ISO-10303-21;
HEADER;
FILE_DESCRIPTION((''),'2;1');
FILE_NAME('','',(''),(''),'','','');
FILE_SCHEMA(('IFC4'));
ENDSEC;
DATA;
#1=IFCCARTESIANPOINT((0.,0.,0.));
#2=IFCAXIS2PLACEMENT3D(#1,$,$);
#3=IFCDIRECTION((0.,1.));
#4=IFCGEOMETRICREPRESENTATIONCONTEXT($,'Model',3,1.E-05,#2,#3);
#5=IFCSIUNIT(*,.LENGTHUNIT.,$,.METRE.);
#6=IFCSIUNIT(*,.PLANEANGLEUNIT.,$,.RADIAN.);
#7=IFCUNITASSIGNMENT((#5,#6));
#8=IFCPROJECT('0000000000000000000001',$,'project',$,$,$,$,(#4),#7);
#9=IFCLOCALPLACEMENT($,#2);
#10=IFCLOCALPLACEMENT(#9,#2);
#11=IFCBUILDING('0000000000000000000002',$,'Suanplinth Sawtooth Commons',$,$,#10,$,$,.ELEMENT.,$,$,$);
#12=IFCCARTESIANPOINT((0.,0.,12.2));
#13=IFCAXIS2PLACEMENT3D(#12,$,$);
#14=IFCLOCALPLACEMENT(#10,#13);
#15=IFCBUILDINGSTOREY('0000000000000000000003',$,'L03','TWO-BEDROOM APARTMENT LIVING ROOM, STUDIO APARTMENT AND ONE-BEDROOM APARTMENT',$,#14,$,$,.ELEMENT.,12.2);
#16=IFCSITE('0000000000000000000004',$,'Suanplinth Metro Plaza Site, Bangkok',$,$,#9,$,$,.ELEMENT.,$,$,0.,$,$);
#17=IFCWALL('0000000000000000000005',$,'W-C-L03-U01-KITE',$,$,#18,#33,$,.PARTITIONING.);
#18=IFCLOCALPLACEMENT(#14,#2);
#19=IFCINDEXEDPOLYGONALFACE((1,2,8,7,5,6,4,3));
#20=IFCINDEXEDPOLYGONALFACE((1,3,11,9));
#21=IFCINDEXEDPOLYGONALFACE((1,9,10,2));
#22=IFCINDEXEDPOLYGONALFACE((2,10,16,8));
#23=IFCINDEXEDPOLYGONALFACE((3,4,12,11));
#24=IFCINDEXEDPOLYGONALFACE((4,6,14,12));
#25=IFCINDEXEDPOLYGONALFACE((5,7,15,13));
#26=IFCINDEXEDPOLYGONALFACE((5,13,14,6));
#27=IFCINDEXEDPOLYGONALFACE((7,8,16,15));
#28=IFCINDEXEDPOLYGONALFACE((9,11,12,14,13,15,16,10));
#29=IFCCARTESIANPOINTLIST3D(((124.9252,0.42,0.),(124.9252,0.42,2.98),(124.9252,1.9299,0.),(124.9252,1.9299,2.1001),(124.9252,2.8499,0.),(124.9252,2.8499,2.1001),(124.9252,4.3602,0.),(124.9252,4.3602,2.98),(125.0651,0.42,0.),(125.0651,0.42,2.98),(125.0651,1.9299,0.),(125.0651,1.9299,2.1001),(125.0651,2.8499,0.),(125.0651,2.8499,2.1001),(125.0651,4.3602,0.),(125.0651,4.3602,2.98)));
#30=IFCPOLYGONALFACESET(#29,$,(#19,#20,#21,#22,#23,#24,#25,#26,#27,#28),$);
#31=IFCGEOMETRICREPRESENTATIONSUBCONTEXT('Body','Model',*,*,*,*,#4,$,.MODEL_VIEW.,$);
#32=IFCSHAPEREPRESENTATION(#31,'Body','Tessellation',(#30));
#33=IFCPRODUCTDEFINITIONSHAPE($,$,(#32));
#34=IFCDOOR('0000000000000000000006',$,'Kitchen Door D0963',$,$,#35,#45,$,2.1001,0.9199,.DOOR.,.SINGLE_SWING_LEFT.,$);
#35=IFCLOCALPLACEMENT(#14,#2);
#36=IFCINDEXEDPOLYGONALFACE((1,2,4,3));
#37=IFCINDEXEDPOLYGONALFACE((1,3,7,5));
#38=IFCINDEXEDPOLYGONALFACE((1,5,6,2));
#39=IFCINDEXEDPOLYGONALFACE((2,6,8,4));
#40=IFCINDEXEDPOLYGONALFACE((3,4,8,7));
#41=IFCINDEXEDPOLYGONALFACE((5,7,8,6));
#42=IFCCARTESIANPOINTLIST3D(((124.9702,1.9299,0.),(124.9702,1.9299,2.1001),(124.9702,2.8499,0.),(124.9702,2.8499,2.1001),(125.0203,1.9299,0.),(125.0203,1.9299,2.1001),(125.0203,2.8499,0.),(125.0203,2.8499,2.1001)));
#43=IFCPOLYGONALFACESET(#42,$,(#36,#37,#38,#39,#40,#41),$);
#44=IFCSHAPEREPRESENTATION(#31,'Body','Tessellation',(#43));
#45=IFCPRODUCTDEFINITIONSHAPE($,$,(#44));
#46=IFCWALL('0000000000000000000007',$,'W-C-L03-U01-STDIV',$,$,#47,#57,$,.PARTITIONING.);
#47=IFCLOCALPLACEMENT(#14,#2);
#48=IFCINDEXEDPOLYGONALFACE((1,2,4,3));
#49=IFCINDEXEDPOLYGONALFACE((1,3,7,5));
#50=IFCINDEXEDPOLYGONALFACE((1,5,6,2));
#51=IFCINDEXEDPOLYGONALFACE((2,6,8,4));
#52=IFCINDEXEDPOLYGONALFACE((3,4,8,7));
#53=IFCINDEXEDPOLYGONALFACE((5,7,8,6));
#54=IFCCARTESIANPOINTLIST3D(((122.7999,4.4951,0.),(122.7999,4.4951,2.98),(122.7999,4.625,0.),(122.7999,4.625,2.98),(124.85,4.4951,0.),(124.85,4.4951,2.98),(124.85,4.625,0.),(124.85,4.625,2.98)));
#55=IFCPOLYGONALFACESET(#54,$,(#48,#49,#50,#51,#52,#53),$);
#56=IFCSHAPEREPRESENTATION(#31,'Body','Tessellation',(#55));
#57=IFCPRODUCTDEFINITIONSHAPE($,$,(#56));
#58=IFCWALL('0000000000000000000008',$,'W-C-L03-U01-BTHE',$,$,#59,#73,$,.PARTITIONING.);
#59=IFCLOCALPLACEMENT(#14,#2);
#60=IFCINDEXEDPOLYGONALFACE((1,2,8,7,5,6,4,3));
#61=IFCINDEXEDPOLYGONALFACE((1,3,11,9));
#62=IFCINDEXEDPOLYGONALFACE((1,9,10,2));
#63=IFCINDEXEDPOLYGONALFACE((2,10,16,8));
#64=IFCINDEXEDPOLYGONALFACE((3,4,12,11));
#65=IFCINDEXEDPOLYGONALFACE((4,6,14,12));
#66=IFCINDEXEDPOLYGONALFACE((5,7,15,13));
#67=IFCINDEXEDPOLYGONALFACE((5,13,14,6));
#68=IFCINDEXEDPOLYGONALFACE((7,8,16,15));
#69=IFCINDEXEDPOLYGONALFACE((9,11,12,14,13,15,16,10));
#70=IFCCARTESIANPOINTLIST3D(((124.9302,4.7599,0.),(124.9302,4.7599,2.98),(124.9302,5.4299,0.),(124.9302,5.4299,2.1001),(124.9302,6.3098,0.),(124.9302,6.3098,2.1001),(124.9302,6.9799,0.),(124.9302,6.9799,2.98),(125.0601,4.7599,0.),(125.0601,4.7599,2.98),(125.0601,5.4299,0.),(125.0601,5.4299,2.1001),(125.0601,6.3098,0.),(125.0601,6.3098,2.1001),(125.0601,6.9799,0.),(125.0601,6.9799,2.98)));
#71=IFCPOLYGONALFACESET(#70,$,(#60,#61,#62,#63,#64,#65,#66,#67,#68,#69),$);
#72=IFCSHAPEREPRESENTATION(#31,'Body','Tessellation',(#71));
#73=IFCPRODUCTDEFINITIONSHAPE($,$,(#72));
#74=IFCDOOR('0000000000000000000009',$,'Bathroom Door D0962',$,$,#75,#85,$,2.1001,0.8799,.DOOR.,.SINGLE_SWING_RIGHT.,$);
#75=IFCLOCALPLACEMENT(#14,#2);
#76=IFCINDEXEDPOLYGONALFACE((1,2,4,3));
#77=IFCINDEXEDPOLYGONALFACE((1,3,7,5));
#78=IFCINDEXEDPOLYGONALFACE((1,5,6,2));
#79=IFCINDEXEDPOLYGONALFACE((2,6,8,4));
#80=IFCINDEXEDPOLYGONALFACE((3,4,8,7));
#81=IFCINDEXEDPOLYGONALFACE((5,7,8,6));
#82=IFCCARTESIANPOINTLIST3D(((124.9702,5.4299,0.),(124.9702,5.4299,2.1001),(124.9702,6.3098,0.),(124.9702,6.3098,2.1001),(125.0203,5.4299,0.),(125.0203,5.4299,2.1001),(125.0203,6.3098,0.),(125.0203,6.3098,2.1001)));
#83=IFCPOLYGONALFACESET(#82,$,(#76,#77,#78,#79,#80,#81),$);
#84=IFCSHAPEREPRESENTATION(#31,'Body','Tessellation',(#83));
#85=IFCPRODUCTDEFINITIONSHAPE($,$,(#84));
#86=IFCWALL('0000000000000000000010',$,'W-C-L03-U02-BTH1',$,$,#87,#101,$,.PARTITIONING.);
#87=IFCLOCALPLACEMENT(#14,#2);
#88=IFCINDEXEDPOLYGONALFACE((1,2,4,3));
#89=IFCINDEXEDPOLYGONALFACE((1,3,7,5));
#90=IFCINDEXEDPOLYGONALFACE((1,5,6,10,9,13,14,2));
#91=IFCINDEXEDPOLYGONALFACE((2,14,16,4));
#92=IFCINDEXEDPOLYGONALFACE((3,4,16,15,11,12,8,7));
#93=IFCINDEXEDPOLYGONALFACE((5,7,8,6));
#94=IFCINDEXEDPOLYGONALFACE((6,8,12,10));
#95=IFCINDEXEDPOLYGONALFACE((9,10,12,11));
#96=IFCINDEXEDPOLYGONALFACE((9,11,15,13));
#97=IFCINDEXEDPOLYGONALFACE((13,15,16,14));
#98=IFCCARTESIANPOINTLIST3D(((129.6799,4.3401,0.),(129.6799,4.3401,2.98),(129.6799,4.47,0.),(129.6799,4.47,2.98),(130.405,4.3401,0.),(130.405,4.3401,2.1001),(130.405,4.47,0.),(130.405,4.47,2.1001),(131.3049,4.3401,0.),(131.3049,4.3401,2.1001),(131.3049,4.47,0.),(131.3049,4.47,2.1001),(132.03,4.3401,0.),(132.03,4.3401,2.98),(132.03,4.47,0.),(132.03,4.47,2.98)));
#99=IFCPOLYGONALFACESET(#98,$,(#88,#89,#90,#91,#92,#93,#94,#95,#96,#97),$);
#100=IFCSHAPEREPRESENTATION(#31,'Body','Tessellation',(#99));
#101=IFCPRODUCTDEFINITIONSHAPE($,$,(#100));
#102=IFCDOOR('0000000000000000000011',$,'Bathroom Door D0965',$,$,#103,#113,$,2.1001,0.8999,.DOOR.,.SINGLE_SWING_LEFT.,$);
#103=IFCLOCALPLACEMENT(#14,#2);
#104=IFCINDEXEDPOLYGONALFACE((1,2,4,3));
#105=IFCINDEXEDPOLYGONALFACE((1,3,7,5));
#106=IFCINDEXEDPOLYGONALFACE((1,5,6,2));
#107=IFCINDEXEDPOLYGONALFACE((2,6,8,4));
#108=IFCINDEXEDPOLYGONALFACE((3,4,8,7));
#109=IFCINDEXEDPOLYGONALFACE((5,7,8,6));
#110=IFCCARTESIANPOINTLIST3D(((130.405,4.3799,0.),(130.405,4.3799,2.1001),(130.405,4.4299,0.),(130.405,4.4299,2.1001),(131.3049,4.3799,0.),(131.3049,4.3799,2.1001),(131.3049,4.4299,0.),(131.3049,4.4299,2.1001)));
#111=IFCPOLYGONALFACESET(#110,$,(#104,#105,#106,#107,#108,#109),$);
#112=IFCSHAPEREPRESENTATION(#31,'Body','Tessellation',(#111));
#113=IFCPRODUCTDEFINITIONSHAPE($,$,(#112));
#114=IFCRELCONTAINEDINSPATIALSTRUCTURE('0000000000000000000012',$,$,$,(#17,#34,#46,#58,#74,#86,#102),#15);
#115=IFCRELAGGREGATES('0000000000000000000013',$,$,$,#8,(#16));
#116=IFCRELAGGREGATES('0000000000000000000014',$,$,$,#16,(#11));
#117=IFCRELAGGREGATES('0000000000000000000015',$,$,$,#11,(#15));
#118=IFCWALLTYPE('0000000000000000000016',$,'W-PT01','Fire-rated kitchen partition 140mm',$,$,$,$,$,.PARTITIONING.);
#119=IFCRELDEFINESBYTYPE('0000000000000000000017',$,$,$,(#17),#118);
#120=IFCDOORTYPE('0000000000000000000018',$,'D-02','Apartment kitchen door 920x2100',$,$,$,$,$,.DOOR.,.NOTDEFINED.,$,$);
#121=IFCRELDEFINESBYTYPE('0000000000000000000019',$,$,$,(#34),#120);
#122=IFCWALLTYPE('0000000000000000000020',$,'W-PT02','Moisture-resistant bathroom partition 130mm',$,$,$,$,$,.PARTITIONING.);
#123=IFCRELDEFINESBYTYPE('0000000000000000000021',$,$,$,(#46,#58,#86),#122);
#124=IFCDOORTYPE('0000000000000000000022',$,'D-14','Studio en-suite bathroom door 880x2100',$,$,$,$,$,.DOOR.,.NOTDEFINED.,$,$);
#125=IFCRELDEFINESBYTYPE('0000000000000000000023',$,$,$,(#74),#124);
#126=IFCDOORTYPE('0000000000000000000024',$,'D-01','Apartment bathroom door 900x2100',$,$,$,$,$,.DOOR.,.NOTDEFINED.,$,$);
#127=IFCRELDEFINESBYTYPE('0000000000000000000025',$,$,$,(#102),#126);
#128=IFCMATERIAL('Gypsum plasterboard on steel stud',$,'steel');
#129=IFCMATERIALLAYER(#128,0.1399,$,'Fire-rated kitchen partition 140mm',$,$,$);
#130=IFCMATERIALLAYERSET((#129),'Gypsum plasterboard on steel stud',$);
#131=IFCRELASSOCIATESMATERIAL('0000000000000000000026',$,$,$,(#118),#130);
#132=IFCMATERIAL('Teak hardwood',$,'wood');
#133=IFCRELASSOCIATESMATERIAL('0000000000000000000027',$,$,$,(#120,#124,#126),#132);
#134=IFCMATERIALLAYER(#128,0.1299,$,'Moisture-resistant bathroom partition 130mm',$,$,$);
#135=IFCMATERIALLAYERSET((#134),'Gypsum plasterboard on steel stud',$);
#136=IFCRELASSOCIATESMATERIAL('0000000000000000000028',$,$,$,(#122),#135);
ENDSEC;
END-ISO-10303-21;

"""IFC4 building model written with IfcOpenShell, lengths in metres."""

from ifc_helpers import new_model, si_unit, direction, frame, frame_2d, origin, place, context, subcontext, project, spatial, rectangle, extrude, material, layer, layer_set, type_object, element, fill, save


model = new_model("IFC4")

# Units and contexts
model_context = context("Model", 3, precision=1e-05, world=origin(), true_north=direction((0.0, 1.0)))
body_context = subcontext(model_context, "Body", "Model", "MODEL_VIEW")
ifc_project = project(units=[si_unit("LENGTHUNIT", "METRE"), si_unit("PLANEANGLEUNIT", "RADIAN")], contexts=[model_context])

# Site, building, storey
site_placement = place(None, origin())
site = spatial("IfcSite", under=ifc_project, at=site_placement, Name="Suanplinth Metro Plaza Site, Bangkok", CompositionType="ELEMENT", RefElevation=0.0)
building_placement = place(site_placement, origin())
building = spatial("IfcBuilding", under=site, at=building_placement, Name="Suanplinth Sawtooth Commons", CompositionType="ELEMENT")
storey_placement = place(building_placement, frame((0.0, 0.0, 12.2)))
storey = spatial("IfcBuildingStorey", under=building, at=storey_placement, Name="L03", Description="TWO-BEDROOM APARTMENT LIVING ROOM, STUDIO APARTMENT AND ONE-BEDROOM APARTMENT", CompositionType="ELEMENT", Elevation=12.2)

# Shared definitions
ifc_material_1 = material(Name="Teak hardwood", Category="wood")

# Wall, opening, door
ifc_material_2 = material(Name="Gypsum plasterboard on steel stud", Category="steel")
ifc_layer_1 = layer(ifc_material_2, 0.1399, Name="Fire-rated kitchen partition 140mm")
ifc_layer_set_1 = layer_set([ifc_layer_1], Name="Gypsum plasterboard on steel stud")
wall_type_1 = type_object("IfcWallType", Name="W-PT01", Description="Fire-rated kitchen partition 140mm", PredefinedType="PARTITIONING", material=ifc_layer_set_1)
wall_1_placement = place(storey_placement, frame((124.9951, 0.4199, 0.0), z_axis=(0.0, 0.0, 1.0), x_axis=(0.0, 1.0, 0.0)))
wall_1 = element("IfcWall", 1, at=wall_1_placement, inside=storey, type_object=wall_type_1, Name="W-C-L03-U01-KITE", PredefinedType="PARTITIONING", context=body_context, shape_type="SweptSolid", body=[
    extrude(rectangle(XDim=3.9402, YDim=0.1399, at=frame_2d((1.9702, 0.0))), origin(), (0.0, 0.0, 1.0), 2.98),
])
opening_1_placement = place(wall_1_placement, frame((1.51, 0.0, 0.0)))
opening_1 = element("IfcOpeningElement", 2, at=opening_1_placement, cuts=wall_1, PredefinedType="OPENING", context=body_context, shape_type="SweptSolid", body=[
    extrude(rectangle(XDim=0.9199, YDim=2.1001, at=frame_2d((0.46, 1.05))), frame((0.0, 0.085, 0.0), z_axis=(0.0, -1.0, 0.0), x_axis=(1.0, 0.0, 0.0)), (0.0, 0.0, 1.0), 0.1697),
])
door_type_1 = type_object("IfcDoorType", Name="D-02", Description="Apartment kitchen door 920x2100", OperationType="NOTDEFINED", PredefinedType="DOOR", material=ifc_material_1)
door_1_placement = place(opening_1_placement, origin())
door_1 = element("IfcDoor", 3, at=door_1_placement, inside=storey, type_object=door_type_1, Name="Kitchen Door D0963", OperationType="SINGLE_SWING_LEFT", OverallHeight=2.1001, OverallWidth=0.9199, PredefinedType="DOOR", context=body_context, shape_type="SweptSolid", body=[
    extrude(rectangle(XDim=0.9199, YDim=2.1001, at=frame_2d((0.46, 1.05))), frame((0.0, 0.0249, 0.0), z_axis=(0.0, -1.0, 0.0), x_axis=(1.0, 0.0, 0.0)), (0.0, 0.0, 1.0), 0.05),
])
fill(opening_1, door_1)

# Wall
ifc_layer_2 = layer(ifc_material_2, 0.1299, Name="Moisture-resistant bathroom partition 130mm")
ifc_layer_set_2 = layer_set([ifc_layer_2], Name="Gypsum plasterboard on steel stud")
wall_type_2 = type_object("IfcWallType", Name="W-PT02", Description="Moisture-resistant bathroom partition 130mm", PredefinedType="PARTITIONING", material=ifc_layer_set_2)
wall_2_placement = place(storey_placement, frame((122.8, 4.5601, 0.0), z_axis=(0.0, 0.0, 1.0), x_axis=(1.0, 0.0, 0.0)))
element("IfcWall", 4, at=wall_2_placement, inside=storey, type_object=wall_type_2, Name="W-C-L03-U01-STDIV", PredefinedType="PARTITIONING", context=body_context, shape_type="SweptSolid", body=[
    extrude(rectangle(XDim=2.05, YDim=0.1299, at=frame_2d((1.0249, 0.0))), origin(), (0.0, 0.0, 1.0), 2.98),
])

# Walls, openings, doors
wall_3_placement = place(storey_placement, frame((124.9951, 4.76, 0.0), z_axis=(0.0, 0.0, 1.0), x_axis=(0.0, 1.0, 0.0)))
wall_3 = element("IfcWall", 5, at=wall_3_placement, inside=storey, type_object=wall_type_2, Name="W-C-L03-U01-BTHE", PredefinedType="PARTITIONING", context=body_context, shape_type="SweptSolid", body=[
    extrude(rectangle(XDim=2.22, YDim=0.1299, at=frame_2d((1.1099, 0.0))), origin(), (0.0, 0.0, 1.0), 2.98),
])
opening_2_placement = place(wall_3_placement, frame((0.6699, 0.0, 0.0)))
opening_2 = element("IfcOpeningElement", 6, at=opening_2_placement, cuts=wall_3, PredefinedType="OPENING", context=body_context, shape_type="SweptSolid", body=[
    extrude(rectangle(XDim=0.8799, YDim=2.1001, at=frame_2d((0.4399, 1.05))), frame((0.0, 0.0798, 0.0), z_axis=(0.0, -1.0, 0.0), x_axis=(1.0, 0.0, 0.0)), (0.0, 0.0, 1.0), 0.1597),
])
door_type_2 = type_object("IfcDoorType", Name="D-14", Description="Studio en-suite bathroom door 880x2100", OperationType="NOTDEFINED", PredefinedType="DOOR", material=ifc_material_1)
door_2_placement = place(opening_2_placement, origin())
door_2 = element("IfcDoor", 7, at=door_2_placement, inside=storey, type_object=door_type_2, Name="Bathroom Door D0962", OperationType="SINGLE_SWING_RIGHT", OverallHeight=2.1001, OverallWidth=0.8799, PredefinedType="DOOR", context=body_context, shape_type="SweptSolid", body=[
    extrude(rectangle(XDim=0.8799, YDim=2.1001, at=frame_2d((0.4399, 1.05))), frame((0.0, 0.0249, 0.0), z_axis=(0.0, -1.0, 0.0), x_axis=(1.0, 0.0, 0.0)), (0.0, 0.0, 1.0), 0.05),
])
fill(opening_2, door_2)
wall_4_placement = place(storey_placement, frame((129.6799, 4.405, 0.0), z_axis=(0.0, 0.0, 1.0), x_axis=(1.0, 0.0, 0.0)))
wall_4 = element("IfcWall", 8, at=wall_4_placement, inside=storey, type_object=wall_type_2, Name="W-C-L03-U02-BTH1", PredefinedType="PARTITIONING", context=body_context, shape_type="SweptSolid", body=[
    extrude(rectangle(XDim=2.3501, YDim=0.1299, at=frame_2d((1.175, 0.0))), origin(), (0.0, 0.0, 1.0), 2.98),
])
opening_3_placement = place(wall_4_placement, frame((0.7251, 0.0, 0.0)))
opening_3 = element("IfcOpeningElement", 9, at=opening_3_placement, cuts=wall_4, PredefinedType="OPENING", context=body_context, shape_type="SweptSolid", body=[
    extrude(rectangle(XDim=0.8999, YDim=2.1001, at=frame_2d((0.45, 1.05))), frame((0.0, 0.0798, 0.0), z_axis=(0.0, -1.0, 0.0), x_axis=(1.0, 0.0, 0.0)), (0.0, 0.0, 1.0), 0.1597),
])
door_type_3 = type_object("IfcDoorType", Name="D-01", Description="Apartment bathroom door 900x2100", OperationType="NOTDEFINED", PredefinedType="DOOR", material=ifc_material_1)
door_3_placement = place(opening_3_placement, origin())
door_3 = element("IfcDoor", 10, at=door_3_placement, inside=storey, type_object=door_type_3, Name="Bathroom Door D0965", OperationType="SINGLE_SWING_LEFT", OverallHeight=2.1001, OverallWidth=0.8999, PredefinedType="DOOR", context=body_context, shape_type="SweptSolid", body=[
    extrude(rectangle(XDim=0.8999, YDim=2.1001, at=frame_2d((0.45, 1.05))), frame((0.0, 0.0249, 0.0), z_axis=(0.0, -1.0, 0.0), x_axis=(1.0, 0.0, 0.0)), (0.0, 0.0, 1.0), 0.05),
])
fill(opening_3, door_3)

save(model, "model.ifc")
